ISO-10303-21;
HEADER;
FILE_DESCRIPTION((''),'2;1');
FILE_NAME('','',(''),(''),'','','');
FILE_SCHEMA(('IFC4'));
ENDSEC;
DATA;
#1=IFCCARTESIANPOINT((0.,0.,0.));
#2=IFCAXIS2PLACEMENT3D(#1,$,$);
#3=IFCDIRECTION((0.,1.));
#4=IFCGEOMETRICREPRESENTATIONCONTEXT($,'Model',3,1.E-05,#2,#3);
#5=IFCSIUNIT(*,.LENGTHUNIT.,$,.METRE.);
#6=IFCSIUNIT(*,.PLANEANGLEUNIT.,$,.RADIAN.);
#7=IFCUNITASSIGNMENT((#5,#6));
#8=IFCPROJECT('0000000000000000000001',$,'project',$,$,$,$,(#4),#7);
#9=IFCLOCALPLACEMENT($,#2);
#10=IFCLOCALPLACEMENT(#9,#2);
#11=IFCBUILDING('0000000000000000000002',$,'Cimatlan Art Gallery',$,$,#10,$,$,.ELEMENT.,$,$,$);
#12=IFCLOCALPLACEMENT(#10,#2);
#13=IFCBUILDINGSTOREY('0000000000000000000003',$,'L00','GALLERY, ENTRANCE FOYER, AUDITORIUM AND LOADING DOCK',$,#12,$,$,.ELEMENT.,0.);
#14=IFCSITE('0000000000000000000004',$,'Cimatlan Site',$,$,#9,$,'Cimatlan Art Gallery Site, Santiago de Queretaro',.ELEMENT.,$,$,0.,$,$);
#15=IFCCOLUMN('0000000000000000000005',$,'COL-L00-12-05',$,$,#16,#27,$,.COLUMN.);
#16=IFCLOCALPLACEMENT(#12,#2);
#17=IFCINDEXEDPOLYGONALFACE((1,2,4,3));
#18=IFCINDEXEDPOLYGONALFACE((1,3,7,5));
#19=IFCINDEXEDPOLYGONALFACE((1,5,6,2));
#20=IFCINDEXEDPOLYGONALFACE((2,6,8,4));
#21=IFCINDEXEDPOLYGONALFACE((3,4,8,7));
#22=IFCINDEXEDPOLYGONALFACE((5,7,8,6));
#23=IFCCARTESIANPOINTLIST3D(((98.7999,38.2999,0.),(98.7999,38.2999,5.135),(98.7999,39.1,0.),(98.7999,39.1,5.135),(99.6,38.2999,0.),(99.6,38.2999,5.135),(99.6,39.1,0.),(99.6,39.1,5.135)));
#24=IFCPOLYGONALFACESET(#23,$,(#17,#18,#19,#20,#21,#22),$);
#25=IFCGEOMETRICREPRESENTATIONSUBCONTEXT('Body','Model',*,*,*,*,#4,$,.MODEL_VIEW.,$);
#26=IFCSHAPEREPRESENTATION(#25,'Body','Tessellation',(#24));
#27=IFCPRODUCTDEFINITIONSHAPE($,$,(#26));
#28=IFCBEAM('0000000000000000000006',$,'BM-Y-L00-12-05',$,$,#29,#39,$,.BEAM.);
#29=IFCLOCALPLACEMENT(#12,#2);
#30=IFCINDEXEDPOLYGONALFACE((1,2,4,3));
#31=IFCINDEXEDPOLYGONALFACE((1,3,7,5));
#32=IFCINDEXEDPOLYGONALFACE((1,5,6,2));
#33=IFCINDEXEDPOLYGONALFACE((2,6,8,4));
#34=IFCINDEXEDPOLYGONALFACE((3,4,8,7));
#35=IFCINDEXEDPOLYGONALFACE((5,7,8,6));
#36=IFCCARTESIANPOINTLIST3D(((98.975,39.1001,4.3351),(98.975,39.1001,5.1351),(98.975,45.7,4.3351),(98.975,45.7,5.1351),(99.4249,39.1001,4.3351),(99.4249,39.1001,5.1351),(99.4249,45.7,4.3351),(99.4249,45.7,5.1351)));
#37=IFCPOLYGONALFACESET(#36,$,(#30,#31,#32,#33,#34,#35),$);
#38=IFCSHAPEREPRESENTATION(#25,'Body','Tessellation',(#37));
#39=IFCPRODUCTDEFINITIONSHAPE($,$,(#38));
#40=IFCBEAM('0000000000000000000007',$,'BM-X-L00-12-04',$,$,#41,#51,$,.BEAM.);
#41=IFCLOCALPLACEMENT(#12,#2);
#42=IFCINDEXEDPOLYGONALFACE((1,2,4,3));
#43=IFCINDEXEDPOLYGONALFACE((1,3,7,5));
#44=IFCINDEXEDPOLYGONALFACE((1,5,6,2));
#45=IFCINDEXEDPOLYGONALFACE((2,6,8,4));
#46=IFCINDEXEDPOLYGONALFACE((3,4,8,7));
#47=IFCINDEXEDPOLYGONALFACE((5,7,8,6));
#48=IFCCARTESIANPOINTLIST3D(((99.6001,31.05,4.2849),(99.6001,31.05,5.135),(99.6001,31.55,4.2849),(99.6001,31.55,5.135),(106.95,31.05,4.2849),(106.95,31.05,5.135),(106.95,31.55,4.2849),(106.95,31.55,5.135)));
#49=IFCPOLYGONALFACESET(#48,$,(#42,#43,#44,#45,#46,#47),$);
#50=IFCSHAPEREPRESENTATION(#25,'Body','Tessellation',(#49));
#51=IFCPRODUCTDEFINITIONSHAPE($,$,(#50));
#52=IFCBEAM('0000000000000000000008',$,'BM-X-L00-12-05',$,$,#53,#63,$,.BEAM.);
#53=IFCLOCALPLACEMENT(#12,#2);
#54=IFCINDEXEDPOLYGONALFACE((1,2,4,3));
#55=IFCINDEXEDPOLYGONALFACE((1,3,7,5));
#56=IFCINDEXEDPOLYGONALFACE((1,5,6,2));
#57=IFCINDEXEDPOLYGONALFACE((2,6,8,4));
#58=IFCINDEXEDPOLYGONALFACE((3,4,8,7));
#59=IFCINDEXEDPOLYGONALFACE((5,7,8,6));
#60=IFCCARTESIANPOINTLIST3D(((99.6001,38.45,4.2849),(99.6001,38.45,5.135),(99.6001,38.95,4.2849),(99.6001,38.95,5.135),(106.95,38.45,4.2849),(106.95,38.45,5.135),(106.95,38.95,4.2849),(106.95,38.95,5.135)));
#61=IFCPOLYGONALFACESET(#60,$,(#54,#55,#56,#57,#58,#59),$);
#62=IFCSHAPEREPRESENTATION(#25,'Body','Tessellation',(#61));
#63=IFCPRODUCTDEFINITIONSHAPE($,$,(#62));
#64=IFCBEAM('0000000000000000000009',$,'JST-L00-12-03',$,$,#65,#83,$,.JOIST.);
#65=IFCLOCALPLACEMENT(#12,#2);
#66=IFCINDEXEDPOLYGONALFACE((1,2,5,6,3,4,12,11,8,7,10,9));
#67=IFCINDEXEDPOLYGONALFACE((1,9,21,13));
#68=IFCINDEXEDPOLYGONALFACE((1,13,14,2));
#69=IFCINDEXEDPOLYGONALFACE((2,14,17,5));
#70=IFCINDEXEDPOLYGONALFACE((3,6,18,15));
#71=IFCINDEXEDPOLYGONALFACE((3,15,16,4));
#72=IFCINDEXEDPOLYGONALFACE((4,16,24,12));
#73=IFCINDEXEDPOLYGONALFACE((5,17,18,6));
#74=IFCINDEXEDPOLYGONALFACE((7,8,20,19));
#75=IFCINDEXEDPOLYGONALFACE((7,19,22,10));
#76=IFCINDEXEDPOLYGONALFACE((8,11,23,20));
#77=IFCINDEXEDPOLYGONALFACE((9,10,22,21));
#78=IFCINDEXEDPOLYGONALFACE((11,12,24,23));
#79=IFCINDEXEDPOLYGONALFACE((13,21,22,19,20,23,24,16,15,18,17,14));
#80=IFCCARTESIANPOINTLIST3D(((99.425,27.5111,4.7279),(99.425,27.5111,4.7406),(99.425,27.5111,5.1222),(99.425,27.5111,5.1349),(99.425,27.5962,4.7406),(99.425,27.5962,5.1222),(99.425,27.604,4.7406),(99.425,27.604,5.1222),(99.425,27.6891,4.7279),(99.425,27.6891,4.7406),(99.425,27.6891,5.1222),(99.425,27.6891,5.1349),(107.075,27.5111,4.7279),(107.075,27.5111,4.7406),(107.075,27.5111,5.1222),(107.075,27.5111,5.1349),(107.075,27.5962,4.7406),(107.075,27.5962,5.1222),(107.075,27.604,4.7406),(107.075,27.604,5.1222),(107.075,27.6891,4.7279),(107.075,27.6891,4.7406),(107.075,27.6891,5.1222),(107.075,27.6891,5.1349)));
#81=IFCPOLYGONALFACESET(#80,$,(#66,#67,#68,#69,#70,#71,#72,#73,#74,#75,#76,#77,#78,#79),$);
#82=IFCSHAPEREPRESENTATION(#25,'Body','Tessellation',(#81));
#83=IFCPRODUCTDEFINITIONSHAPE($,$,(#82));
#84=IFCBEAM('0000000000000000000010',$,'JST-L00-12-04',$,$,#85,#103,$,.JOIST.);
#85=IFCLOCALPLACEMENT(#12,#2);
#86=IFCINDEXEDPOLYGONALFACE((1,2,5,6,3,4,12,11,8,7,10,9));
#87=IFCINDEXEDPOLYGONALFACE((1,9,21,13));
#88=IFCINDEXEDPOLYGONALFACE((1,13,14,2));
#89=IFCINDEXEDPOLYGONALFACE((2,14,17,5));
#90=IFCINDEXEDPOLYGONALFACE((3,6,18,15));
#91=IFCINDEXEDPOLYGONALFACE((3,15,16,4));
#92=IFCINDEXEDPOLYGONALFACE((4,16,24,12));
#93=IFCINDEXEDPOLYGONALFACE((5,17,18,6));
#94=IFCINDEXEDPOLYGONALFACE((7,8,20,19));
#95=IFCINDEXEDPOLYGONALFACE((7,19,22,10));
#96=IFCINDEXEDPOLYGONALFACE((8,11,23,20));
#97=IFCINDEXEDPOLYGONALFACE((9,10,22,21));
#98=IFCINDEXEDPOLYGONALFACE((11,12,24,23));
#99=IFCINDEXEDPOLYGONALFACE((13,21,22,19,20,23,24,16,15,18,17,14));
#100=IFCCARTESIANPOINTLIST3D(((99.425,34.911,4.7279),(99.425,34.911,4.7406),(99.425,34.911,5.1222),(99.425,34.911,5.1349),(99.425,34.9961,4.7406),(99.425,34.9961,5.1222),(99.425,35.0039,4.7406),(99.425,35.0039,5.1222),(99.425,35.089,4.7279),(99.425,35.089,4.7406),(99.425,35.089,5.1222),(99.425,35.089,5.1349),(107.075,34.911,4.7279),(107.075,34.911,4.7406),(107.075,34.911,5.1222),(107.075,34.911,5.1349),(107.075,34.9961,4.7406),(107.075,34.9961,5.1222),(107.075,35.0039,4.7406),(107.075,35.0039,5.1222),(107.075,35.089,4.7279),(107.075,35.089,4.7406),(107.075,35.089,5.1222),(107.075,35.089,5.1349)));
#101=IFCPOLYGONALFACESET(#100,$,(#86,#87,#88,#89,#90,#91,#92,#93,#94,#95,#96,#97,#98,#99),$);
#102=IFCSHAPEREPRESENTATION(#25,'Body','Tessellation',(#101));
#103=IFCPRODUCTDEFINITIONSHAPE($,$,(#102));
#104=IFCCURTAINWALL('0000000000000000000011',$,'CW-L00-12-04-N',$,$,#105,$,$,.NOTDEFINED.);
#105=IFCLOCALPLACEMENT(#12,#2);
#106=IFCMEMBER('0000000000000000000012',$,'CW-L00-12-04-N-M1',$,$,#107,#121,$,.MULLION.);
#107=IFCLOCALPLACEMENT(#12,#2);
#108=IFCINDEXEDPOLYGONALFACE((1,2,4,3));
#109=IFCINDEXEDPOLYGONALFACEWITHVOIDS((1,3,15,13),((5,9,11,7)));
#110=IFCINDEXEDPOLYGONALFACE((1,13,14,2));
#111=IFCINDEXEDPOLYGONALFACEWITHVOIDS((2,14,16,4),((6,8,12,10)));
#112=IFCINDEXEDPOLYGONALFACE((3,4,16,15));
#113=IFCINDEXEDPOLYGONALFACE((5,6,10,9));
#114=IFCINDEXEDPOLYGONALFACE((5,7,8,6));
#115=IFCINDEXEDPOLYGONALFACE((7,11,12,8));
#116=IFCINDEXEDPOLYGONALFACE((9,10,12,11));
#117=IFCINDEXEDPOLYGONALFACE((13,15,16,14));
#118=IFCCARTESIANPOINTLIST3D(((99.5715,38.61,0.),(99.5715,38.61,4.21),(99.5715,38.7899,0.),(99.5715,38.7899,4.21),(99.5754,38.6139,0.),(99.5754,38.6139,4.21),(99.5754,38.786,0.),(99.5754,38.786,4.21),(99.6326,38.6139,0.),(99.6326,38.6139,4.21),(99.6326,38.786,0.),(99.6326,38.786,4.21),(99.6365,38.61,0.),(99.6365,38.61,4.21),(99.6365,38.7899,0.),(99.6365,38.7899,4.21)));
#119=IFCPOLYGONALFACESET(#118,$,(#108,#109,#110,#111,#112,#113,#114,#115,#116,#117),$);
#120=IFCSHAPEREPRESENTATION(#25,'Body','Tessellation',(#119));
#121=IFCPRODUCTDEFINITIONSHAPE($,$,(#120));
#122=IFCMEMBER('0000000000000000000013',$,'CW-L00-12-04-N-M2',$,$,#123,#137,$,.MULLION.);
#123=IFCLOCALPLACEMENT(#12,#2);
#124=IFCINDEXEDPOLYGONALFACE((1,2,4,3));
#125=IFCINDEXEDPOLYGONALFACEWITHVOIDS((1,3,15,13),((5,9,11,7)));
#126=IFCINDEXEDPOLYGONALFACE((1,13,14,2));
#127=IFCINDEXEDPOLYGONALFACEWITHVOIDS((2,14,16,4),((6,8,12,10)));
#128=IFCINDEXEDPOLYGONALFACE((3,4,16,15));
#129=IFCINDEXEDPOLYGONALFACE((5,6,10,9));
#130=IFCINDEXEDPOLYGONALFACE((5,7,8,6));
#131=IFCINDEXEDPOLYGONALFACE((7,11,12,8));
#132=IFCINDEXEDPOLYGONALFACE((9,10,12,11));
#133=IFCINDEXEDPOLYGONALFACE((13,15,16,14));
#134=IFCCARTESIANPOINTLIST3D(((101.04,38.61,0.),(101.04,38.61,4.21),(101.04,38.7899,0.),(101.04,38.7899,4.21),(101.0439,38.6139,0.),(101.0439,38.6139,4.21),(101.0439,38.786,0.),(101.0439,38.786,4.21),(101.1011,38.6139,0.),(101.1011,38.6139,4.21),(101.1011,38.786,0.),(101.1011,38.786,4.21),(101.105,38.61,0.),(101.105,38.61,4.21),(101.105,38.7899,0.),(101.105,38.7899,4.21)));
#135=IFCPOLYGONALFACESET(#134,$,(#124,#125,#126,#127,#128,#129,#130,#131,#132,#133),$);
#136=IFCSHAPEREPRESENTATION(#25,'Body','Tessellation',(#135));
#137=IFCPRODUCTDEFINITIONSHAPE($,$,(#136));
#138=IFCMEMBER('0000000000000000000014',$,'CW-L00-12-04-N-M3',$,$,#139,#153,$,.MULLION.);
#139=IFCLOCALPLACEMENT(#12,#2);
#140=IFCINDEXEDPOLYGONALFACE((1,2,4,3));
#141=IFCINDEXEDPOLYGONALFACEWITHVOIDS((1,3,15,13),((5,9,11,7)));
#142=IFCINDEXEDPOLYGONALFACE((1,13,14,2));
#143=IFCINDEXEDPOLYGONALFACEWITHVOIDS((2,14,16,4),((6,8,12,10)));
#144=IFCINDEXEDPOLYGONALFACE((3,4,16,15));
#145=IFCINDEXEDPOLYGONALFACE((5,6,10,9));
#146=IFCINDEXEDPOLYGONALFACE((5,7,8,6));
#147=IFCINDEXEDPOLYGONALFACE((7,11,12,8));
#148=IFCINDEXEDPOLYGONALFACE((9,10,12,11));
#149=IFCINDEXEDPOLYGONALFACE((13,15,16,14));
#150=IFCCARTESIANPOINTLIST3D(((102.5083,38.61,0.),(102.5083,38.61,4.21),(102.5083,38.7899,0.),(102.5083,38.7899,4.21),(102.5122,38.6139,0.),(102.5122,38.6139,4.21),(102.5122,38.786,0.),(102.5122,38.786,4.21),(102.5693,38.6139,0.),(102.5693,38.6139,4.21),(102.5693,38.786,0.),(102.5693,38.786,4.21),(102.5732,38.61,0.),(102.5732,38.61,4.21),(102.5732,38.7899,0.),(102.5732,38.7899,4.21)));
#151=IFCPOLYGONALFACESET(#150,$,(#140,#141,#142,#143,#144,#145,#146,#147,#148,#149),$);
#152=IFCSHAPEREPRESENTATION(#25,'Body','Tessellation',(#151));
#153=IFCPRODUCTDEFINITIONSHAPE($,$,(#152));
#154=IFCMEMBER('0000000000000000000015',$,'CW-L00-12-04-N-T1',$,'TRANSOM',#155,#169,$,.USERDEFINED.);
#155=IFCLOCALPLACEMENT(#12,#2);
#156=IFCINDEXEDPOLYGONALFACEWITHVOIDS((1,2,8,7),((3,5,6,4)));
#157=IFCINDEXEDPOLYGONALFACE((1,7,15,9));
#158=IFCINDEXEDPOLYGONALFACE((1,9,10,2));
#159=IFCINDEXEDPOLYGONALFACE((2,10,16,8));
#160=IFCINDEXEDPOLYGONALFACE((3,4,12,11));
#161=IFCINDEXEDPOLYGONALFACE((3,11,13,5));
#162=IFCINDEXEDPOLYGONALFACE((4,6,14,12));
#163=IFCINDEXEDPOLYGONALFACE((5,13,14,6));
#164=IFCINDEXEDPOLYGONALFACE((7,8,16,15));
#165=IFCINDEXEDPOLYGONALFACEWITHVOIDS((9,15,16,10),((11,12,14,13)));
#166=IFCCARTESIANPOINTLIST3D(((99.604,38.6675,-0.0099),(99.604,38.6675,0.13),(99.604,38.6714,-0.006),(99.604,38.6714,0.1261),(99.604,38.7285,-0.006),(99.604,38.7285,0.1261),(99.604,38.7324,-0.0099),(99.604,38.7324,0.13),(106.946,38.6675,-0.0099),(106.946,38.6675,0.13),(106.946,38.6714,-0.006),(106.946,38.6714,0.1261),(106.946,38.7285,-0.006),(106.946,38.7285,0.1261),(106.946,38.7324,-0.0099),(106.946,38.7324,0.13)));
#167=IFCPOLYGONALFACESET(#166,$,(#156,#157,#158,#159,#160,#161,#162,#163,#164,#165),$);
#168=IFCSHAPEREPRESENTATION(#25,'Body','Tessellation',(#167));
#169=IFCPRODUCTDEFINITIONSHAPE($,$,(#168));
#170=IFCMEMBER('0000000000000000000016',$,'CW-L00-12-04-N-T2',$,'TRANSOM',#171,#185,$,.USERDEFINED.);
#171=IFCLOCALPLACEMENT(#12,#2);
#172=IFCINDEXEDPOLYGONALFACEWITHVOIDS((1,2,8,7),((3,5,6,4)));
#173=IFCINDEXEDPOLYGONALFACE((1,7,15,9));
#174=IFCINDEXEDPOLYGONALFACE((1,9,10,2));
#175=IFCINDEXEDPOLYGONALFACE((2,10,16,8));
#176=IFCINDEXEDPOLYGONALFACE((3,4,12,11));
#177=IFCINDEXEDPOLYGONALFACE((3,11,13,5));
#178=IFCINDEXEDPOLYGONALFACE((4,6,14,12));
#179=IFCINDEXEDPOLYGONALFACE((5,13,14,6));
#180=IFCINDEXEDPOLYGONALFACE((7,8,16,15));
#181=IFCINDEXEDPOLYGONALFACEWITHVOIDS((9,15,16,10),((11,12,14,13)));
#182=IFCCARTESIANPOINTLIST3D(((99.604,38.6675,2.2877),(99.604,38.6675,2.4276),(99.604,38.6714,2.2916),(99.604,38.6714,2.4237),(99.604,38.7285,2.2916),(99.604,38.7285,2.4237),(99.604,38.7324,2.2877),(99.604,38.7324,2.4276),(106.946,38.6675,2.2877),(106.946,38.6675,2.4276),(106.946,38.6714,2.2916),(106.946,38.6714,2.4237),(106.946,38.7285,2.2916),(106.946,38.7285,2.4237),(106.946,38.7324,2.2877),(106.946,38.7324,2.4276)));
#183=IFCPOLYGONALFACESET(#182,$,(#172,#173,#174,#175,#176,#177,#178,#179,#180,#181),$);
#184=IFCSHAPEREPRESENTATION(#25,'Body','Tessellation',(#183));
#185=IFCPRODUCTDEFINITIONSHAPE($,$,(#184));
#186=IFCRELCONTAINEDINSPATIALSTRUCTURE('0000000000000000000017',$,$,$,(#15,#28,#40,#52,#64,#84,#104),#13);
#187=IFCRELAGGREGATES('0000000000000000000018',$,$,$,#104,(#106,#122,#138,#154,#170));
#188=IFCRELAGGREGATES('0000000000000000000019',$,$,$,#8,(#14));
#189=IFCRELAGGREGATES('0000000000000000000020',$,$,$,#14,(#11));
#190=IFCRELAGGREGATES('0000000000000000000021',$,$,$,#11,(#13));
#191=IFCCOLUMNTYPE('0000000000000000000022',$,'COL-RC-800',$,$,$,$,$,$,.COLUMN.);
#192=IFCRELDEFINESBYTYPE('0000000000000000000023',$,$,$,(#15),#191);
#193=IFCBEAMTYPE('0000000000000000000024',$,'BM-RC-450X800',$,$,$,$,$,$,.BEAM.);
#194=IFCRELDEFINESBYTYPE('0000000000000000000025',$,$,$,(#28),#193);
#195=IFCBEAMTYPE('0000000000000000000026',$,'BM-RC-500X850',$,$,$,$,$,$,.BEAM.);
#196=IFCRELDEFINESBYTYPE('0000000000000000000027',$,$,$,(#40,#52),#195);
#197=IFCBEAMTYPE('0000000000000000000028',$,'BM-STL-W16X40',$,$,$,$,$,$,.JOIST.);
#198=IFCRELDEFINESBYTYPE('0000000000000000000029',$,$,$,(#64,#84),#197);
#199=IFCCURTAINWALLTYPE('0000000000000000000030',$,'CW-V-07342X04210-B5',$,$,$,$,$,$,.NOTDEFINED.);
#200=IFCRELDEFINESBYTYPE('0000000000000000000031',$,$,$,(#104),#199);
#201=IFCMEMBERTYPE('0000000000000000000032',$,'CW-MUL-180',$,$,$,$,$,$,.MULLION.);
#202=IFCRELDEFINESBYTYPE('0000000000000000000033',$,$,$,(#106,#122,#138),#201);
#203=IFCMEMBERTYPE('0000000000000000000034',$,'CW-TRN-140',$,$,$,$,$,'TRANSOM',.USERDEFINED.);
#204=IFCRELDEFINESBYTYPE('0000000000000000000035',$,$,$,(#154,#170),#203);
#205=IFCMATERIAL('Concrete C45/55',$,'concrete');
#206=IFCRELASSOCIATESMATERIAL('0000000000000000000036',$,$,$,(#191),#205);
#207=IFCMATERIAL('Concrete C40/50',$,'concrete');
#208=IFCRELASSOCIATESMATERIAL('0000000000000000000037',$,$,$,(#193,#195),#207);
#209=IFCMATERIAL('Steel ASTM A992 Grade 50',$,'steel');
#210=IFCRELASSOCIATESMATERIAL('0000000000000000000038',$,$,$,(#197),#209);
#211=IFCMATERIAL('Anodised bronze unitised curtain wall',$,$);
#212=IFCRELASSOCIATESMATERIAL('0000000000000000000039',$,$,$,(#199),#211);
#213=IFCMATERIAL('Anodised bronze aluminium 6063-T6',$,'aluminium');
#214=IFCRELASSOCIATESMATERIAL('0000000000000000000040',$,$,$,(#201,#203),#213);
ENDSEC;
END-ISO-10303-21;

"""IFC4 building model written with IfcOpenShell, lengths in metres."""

from ifc_helpers import new_model, si_unit, direction, frame, origin, origin_2d, place, context, subcontext, project, spatial, rectangle, hollow_rectangle, i_section, extrude, material, material_profile, profile_set, type_object, element, aggregate, save


model = new_model("IFC4")

# Units and contexts
model_context = context("Model", 3, precision=1e-05, world=origin(), true_north=direction((0.0, 1.0)))
body_context = subcontext(model_context, "Body", "Model", "MODEL_VIEW")
ifc_project = project(units=[si_unit("LENGTHUNIT", "METRE"), si_unit("PLANEANGLEUNIT", "RADIAN")], contexts=[model_context])

# Site, building, storey
site_placement = place(None, origin())
site = spatial("IfcSite", under=ifc_project, at=site_placement, Name="Cimatlan Site", LongName="Cimatlan Art Gallery Site, Santiago de Queretaro", CompositionType="ELEMENT", RefElevation=0.0)
building_placement = place(site_placement, origin())
building = spatial("IfcBuilding", under=site, at=building_placement, Name="Cimatlan Art Gallery", CompositionType="ELEMENT")
storey_placement = place(building_placement, origin())
storey = spatial("IfcBuildingStorey", under=building, at=storey_placement, Name="L00", Description="GALLERY, ENTRANCE FOYER, AUDITORIUM AND LOADING DOCK", CompositionType="ELEMENT", Elevation=0.0)

# Column
ifc_material_1 = material(Name="Concrete C45/55", Category="concrete")
ifc_material_profile_1 = material_profile(ifc_material_1, rectangle(XDim=0.8, YDim=0.8, at=origin_2d()), Name="RC800X800")
ifc_profile_set_1 = profile_set([ifc_material_profile_1], Name="Concrete C45/55")
column_type = type_object("IfcColumnType", Name="COL-RC-800", PredefinedType="COLUMN", material=ifc_profile_set_1)
column_placement = place(storey_placement, frame((99.2, 38.7, 0.0), z_axis=(0.0, 0.0, 1.0), x_axis=(1.0, 0.0, 0.0)))
element("IfcColumn", 1, at=column_placement, inside=storey, type_object=column_type, Name="COL-L00-12-05", PredefinedType="COLUMN", context=body_context, shape_type="SweptSolid", body=[
    extrude(rectangle(XDim=0.8, YDim=0.8, at=origin_2d()), origin(), (0.0, 0.0, 1.0), 5.135),
])

# Beams
ifc_material_2 = material(Name="Concrete C40/50", Category="concrete")
ifc_material_profile_2 = material_profile(ifc_material_2, rectangle(XDim=0.45, YDim=0.8, at=origin_2d()), Name="RC450X800")
ifc_profile_set_2 = profile_set([ifc_material_profile_2], Name="Concrete C40/50")
beam_type_1 = type_object("IfcBeamType", Name="BM-RC-450X800", PredefinedType="BEAM", material=ifc_profile_set_2)
beam_placement = place(storey_placement, frame((99.2, 39.1001, 4.7351), z_axis=(0.0, 1.0, 0.0), x_axis=(-1.0, 0.0, 0.0)))
element("IfcBeam", 2, at=beam_placement, inside=storey, type_object=beam_type_1, Name="BM-Y-L00-12-05", PredefinedType="BEAM", context=body_context, shape_type="SweptSolid", body=[
    extrude(rectangle(XDim=0.45, YDim=0.8, at=origin_2d()), origin(), (0.0, 0.0, 1.0), 6.5999),
])
ifc_material_profile_3 = material_profile(ifc_material_2, rectangle(XDim=0.5, YDim=0.8501, at=origin_2d()), Name="RC500X850")
ifc_profile_set_3 = profile_set([ifc_material_profile_3], Name="Concrete C40/50")
beam_type_2 = type_object("IfcBeamType", Name="BM-RC-500X850", PredefinedType="BEAM", material=ifc_profile_set_3)
for number, where, z_axis, x_axis, name in (
    (3, (99.6001, 31.3, 4.71), (1.0, 0.0, 0.0), (0.0, 1.0, 0.0), "BM-X-L00-12-04"),
    (4, (99.6001, 38.7, 4.71), (1.0, 0.0, 0.0), (0.0, 1.0, 0.0), "BM-X-L00-12-05"),
):
    element("IfcBeam", number, at=place(storey_placement, frame(where, z_axis=z_axis, x_axis=x_axis)), inside=storey, type_object=beam_type_2, Name=name, PredefinedType="BEAM", context=body_context, shape_type="SweptSolid", body=[
        extrude(rectangle(XDim=0.5, YDim=0.8501, at=origin_2d()), origin(), (0.0, 0.0, 1.0), 7.3499),
    ])
ifc_material_3 = material(Name="Steel ASTM A992 Grade 50", Category="steel")
ifc_material_profile_4 = material_profile(ifc_material_3, i_section(OverallWidth=0.178, OverallDepth=0.407, WebThickness=0.0078, FlangeThickness=0.0127, at=origin_2d()), Name="W16X40")
ifc_profile_set_4 = profile_set([ifc_material_profile_4], Name="Steel ASTM A992 Grade 50")
beam_type_3 = type_object("IfcBeamType", Name="BM-STL-W16X40", PredefinedType="JOIST", material=ifc_profile_set_4)
for number, where, z_axis, x_axis, name in (
    (5, (99.425, 27.6001, 4.9314), (1.0, 0.0, 0.0), (0.0, 1.0, 0.0), "JST-L00-12-03"),
    (6, (99.425, 35.0, 4.9314), (1.0, 0.0, 0.0), (0.0, 1.0, 0.0), "JST-L00-12-04"),
):
    element("IfcBeam", number, at=place(storey_placement, frame(where, z_axis=z_axis, x_axis=x_axis)), inside=storey, type_object=beam_type_3, Name=name, PredefinedType="JOIST", context=body_context, shape_type="SweptSolid", body=[
        extrude(i_section(OverallWidth=0.178, OverallDepth=0.407, WebThickness=0.0078, FlangeThickness=0.0127, at=origin_2d()), origin(), (0.0, 0.0, 1.0), 7.6499),
    ])

# Curtain wall, members
ifc_material_4 = material(Name="Anodised bronze unitised curtain wall")
curtain_wall_type = type_object("IfcCurtainWallType", Name="CW-V-07342X04210-B5", PredefinedType="NOTDEFINED", material=ifc_material_4)
curtain_wall_placement = place(storey_placement, origin())
curtain_wall = element("IfcCurtainWall", 7, at=curtain_wall_placement, inside=storey, type_object=curtain_wall_type, Name="CW-L00-12-04-N", PredefinedType="NOTDEFINED")
ifc_material_5 = material(Name="Anodised bronze aluminium 6063-T6", Category="aluminium")
ifc_material_profile_5 = material_profile(ifc_material_5, hollow_rectangle(XDim=0.0649, YDim=0.1799, WallThickness=0.0039, at=origin_2d()), Name="ALU65X180X4")
ifc_profile_set_5 = profile_set([ifc_material_profile_5], Name="Anodised bronze aluminium 6063-T6")
member_type_1 = type_object("IfcMemberType", Name="CW-MUL-180", PredefinedType="MULLION", material=ifc_profile_set_5)
member_1_placement = place(storey_placement, frame((99.604, 38.7, 0.0), z_axis=(0.0, 0.0, 1.0), x_axis=(1.0, 0.0, 0.0)))
member_1 = element("IfcMember", 8, at=member_1_placement, type_object=member_type_1, Name="CW-L00-12-04-N-M1", PredefinedType="MULLION", context=body_context, shape_type="SweptSolid", body=[
    extrude(hollow_rectangle(XDim=0.0649, YDim=0.1799, WallThickness=0.0039, at=origin_2d()), origin(), (0.0, 0.0, 1.0), 4.21),
])
member_2_placement = place(storey_placement, frame((101.0725, 38.7, 0.0), z_axis=(0.0, 0.0, 1.0), x_axis=(1.0, 0.0, 0.0)))
member_2 = element("IfcMember", 9, at=member_2_placement, type_object=member_type_1, Name="CW-L00-12-04-N-M2", PredefinedType="MULLION", context=body_context, shape_type="SweptSolid", body=[
    extrude(hollow_rectangle(XDim=0.0649, YDim=0.1799, WallThickness=0.0039, at=origin_2d()), origin(), (0.0, 0.0, 1.0), 4.21),
])
member_3_placement = place(storey_placement, frame((102.5408, 38.7, 0.0), z_axis=(0.0, 0.0, 1.0), x_axis=(1.0, 0.0, 0.0)))
member_3 = element("IfcMember", 10, at=member_3_placement, type_object=member_type_1, Name="CW-L00-12-04-N-M3", PredefinedType="MULLION", context=body_context, shape_type="SweptSolid", body=[
    extrude(hollow_rectangle(XDim=0.0649, YDim=0.1799, WallThickness=0.0039, at=origin_2d()), origin(), (0.0, 0.0, 1.0), 4.21),
])
ifc_material_profile_6 = material_profile(ifc_material_5, hollow_rectangle(XDim=0.0649, YDim=0.1399, WallThickness=0.0039, at=origin_2d()), Name="ALU65X140X4")
ifc_profile_set_6 = profile_set([ifc_material_profile_6], Name="Anodised bronze aluminium 6063-T6")
member_type_2 = type_object("IfcMemberType", Name="CW-TRN-140", ElementType="TRANSOM", PredefinedType="USERDEFINED", material=ifc_profile_set_6)
member_4_placement = place(storey_placement, frame((99.604, 38.7, 0.0601), z_axis=(1.0, 0.0, 0.0), x_axis=(0.0, 1.0, 0.0)))
member_4 = element("IfcMember", 11, at=member_4_placement, type_object=member_type_2, Name="CW-L00-12-04-N-T1", ObjectType="TRANSOM", PredefinedType="USERDEFINED", context=body_context, shape_type="SweptSolid", body=[
    extrude(hollow_rectangle(XDim=0.0649, YDim=0.1399, WallThickness=0.0039, at=origin_2d()), origin(), (0.0, 0.0, 1.0), 7.342),
])
member_5_placement = place(storey_placement, frame((99.604, 38.7, 2.3577), z_axis=(1.0, 0.0, 0.0), x_axis=(0.0, 1.0, 0.0)))
member_5 = element("IfcMember", 12, at=member_5_placement, type_object=member_type_2, Name="CW-L00-12-04-N-T2", ObjectType="TRANSOM", PredefinedType="USERDEFINED", context=body_context, shape_type="SweptSolid", body=[
    extrude(hollow_rectangle(XDim=0.0649, YDim=0.1399, WallThickness=0.0039, at=origin_2d()), origin(), (0.0, 0.0, 1.0), 7.342),
])
aggregate(curtain_wall, [member_1, member_2, member_3, member_4, member_5])

save(model, "model.ifc")
